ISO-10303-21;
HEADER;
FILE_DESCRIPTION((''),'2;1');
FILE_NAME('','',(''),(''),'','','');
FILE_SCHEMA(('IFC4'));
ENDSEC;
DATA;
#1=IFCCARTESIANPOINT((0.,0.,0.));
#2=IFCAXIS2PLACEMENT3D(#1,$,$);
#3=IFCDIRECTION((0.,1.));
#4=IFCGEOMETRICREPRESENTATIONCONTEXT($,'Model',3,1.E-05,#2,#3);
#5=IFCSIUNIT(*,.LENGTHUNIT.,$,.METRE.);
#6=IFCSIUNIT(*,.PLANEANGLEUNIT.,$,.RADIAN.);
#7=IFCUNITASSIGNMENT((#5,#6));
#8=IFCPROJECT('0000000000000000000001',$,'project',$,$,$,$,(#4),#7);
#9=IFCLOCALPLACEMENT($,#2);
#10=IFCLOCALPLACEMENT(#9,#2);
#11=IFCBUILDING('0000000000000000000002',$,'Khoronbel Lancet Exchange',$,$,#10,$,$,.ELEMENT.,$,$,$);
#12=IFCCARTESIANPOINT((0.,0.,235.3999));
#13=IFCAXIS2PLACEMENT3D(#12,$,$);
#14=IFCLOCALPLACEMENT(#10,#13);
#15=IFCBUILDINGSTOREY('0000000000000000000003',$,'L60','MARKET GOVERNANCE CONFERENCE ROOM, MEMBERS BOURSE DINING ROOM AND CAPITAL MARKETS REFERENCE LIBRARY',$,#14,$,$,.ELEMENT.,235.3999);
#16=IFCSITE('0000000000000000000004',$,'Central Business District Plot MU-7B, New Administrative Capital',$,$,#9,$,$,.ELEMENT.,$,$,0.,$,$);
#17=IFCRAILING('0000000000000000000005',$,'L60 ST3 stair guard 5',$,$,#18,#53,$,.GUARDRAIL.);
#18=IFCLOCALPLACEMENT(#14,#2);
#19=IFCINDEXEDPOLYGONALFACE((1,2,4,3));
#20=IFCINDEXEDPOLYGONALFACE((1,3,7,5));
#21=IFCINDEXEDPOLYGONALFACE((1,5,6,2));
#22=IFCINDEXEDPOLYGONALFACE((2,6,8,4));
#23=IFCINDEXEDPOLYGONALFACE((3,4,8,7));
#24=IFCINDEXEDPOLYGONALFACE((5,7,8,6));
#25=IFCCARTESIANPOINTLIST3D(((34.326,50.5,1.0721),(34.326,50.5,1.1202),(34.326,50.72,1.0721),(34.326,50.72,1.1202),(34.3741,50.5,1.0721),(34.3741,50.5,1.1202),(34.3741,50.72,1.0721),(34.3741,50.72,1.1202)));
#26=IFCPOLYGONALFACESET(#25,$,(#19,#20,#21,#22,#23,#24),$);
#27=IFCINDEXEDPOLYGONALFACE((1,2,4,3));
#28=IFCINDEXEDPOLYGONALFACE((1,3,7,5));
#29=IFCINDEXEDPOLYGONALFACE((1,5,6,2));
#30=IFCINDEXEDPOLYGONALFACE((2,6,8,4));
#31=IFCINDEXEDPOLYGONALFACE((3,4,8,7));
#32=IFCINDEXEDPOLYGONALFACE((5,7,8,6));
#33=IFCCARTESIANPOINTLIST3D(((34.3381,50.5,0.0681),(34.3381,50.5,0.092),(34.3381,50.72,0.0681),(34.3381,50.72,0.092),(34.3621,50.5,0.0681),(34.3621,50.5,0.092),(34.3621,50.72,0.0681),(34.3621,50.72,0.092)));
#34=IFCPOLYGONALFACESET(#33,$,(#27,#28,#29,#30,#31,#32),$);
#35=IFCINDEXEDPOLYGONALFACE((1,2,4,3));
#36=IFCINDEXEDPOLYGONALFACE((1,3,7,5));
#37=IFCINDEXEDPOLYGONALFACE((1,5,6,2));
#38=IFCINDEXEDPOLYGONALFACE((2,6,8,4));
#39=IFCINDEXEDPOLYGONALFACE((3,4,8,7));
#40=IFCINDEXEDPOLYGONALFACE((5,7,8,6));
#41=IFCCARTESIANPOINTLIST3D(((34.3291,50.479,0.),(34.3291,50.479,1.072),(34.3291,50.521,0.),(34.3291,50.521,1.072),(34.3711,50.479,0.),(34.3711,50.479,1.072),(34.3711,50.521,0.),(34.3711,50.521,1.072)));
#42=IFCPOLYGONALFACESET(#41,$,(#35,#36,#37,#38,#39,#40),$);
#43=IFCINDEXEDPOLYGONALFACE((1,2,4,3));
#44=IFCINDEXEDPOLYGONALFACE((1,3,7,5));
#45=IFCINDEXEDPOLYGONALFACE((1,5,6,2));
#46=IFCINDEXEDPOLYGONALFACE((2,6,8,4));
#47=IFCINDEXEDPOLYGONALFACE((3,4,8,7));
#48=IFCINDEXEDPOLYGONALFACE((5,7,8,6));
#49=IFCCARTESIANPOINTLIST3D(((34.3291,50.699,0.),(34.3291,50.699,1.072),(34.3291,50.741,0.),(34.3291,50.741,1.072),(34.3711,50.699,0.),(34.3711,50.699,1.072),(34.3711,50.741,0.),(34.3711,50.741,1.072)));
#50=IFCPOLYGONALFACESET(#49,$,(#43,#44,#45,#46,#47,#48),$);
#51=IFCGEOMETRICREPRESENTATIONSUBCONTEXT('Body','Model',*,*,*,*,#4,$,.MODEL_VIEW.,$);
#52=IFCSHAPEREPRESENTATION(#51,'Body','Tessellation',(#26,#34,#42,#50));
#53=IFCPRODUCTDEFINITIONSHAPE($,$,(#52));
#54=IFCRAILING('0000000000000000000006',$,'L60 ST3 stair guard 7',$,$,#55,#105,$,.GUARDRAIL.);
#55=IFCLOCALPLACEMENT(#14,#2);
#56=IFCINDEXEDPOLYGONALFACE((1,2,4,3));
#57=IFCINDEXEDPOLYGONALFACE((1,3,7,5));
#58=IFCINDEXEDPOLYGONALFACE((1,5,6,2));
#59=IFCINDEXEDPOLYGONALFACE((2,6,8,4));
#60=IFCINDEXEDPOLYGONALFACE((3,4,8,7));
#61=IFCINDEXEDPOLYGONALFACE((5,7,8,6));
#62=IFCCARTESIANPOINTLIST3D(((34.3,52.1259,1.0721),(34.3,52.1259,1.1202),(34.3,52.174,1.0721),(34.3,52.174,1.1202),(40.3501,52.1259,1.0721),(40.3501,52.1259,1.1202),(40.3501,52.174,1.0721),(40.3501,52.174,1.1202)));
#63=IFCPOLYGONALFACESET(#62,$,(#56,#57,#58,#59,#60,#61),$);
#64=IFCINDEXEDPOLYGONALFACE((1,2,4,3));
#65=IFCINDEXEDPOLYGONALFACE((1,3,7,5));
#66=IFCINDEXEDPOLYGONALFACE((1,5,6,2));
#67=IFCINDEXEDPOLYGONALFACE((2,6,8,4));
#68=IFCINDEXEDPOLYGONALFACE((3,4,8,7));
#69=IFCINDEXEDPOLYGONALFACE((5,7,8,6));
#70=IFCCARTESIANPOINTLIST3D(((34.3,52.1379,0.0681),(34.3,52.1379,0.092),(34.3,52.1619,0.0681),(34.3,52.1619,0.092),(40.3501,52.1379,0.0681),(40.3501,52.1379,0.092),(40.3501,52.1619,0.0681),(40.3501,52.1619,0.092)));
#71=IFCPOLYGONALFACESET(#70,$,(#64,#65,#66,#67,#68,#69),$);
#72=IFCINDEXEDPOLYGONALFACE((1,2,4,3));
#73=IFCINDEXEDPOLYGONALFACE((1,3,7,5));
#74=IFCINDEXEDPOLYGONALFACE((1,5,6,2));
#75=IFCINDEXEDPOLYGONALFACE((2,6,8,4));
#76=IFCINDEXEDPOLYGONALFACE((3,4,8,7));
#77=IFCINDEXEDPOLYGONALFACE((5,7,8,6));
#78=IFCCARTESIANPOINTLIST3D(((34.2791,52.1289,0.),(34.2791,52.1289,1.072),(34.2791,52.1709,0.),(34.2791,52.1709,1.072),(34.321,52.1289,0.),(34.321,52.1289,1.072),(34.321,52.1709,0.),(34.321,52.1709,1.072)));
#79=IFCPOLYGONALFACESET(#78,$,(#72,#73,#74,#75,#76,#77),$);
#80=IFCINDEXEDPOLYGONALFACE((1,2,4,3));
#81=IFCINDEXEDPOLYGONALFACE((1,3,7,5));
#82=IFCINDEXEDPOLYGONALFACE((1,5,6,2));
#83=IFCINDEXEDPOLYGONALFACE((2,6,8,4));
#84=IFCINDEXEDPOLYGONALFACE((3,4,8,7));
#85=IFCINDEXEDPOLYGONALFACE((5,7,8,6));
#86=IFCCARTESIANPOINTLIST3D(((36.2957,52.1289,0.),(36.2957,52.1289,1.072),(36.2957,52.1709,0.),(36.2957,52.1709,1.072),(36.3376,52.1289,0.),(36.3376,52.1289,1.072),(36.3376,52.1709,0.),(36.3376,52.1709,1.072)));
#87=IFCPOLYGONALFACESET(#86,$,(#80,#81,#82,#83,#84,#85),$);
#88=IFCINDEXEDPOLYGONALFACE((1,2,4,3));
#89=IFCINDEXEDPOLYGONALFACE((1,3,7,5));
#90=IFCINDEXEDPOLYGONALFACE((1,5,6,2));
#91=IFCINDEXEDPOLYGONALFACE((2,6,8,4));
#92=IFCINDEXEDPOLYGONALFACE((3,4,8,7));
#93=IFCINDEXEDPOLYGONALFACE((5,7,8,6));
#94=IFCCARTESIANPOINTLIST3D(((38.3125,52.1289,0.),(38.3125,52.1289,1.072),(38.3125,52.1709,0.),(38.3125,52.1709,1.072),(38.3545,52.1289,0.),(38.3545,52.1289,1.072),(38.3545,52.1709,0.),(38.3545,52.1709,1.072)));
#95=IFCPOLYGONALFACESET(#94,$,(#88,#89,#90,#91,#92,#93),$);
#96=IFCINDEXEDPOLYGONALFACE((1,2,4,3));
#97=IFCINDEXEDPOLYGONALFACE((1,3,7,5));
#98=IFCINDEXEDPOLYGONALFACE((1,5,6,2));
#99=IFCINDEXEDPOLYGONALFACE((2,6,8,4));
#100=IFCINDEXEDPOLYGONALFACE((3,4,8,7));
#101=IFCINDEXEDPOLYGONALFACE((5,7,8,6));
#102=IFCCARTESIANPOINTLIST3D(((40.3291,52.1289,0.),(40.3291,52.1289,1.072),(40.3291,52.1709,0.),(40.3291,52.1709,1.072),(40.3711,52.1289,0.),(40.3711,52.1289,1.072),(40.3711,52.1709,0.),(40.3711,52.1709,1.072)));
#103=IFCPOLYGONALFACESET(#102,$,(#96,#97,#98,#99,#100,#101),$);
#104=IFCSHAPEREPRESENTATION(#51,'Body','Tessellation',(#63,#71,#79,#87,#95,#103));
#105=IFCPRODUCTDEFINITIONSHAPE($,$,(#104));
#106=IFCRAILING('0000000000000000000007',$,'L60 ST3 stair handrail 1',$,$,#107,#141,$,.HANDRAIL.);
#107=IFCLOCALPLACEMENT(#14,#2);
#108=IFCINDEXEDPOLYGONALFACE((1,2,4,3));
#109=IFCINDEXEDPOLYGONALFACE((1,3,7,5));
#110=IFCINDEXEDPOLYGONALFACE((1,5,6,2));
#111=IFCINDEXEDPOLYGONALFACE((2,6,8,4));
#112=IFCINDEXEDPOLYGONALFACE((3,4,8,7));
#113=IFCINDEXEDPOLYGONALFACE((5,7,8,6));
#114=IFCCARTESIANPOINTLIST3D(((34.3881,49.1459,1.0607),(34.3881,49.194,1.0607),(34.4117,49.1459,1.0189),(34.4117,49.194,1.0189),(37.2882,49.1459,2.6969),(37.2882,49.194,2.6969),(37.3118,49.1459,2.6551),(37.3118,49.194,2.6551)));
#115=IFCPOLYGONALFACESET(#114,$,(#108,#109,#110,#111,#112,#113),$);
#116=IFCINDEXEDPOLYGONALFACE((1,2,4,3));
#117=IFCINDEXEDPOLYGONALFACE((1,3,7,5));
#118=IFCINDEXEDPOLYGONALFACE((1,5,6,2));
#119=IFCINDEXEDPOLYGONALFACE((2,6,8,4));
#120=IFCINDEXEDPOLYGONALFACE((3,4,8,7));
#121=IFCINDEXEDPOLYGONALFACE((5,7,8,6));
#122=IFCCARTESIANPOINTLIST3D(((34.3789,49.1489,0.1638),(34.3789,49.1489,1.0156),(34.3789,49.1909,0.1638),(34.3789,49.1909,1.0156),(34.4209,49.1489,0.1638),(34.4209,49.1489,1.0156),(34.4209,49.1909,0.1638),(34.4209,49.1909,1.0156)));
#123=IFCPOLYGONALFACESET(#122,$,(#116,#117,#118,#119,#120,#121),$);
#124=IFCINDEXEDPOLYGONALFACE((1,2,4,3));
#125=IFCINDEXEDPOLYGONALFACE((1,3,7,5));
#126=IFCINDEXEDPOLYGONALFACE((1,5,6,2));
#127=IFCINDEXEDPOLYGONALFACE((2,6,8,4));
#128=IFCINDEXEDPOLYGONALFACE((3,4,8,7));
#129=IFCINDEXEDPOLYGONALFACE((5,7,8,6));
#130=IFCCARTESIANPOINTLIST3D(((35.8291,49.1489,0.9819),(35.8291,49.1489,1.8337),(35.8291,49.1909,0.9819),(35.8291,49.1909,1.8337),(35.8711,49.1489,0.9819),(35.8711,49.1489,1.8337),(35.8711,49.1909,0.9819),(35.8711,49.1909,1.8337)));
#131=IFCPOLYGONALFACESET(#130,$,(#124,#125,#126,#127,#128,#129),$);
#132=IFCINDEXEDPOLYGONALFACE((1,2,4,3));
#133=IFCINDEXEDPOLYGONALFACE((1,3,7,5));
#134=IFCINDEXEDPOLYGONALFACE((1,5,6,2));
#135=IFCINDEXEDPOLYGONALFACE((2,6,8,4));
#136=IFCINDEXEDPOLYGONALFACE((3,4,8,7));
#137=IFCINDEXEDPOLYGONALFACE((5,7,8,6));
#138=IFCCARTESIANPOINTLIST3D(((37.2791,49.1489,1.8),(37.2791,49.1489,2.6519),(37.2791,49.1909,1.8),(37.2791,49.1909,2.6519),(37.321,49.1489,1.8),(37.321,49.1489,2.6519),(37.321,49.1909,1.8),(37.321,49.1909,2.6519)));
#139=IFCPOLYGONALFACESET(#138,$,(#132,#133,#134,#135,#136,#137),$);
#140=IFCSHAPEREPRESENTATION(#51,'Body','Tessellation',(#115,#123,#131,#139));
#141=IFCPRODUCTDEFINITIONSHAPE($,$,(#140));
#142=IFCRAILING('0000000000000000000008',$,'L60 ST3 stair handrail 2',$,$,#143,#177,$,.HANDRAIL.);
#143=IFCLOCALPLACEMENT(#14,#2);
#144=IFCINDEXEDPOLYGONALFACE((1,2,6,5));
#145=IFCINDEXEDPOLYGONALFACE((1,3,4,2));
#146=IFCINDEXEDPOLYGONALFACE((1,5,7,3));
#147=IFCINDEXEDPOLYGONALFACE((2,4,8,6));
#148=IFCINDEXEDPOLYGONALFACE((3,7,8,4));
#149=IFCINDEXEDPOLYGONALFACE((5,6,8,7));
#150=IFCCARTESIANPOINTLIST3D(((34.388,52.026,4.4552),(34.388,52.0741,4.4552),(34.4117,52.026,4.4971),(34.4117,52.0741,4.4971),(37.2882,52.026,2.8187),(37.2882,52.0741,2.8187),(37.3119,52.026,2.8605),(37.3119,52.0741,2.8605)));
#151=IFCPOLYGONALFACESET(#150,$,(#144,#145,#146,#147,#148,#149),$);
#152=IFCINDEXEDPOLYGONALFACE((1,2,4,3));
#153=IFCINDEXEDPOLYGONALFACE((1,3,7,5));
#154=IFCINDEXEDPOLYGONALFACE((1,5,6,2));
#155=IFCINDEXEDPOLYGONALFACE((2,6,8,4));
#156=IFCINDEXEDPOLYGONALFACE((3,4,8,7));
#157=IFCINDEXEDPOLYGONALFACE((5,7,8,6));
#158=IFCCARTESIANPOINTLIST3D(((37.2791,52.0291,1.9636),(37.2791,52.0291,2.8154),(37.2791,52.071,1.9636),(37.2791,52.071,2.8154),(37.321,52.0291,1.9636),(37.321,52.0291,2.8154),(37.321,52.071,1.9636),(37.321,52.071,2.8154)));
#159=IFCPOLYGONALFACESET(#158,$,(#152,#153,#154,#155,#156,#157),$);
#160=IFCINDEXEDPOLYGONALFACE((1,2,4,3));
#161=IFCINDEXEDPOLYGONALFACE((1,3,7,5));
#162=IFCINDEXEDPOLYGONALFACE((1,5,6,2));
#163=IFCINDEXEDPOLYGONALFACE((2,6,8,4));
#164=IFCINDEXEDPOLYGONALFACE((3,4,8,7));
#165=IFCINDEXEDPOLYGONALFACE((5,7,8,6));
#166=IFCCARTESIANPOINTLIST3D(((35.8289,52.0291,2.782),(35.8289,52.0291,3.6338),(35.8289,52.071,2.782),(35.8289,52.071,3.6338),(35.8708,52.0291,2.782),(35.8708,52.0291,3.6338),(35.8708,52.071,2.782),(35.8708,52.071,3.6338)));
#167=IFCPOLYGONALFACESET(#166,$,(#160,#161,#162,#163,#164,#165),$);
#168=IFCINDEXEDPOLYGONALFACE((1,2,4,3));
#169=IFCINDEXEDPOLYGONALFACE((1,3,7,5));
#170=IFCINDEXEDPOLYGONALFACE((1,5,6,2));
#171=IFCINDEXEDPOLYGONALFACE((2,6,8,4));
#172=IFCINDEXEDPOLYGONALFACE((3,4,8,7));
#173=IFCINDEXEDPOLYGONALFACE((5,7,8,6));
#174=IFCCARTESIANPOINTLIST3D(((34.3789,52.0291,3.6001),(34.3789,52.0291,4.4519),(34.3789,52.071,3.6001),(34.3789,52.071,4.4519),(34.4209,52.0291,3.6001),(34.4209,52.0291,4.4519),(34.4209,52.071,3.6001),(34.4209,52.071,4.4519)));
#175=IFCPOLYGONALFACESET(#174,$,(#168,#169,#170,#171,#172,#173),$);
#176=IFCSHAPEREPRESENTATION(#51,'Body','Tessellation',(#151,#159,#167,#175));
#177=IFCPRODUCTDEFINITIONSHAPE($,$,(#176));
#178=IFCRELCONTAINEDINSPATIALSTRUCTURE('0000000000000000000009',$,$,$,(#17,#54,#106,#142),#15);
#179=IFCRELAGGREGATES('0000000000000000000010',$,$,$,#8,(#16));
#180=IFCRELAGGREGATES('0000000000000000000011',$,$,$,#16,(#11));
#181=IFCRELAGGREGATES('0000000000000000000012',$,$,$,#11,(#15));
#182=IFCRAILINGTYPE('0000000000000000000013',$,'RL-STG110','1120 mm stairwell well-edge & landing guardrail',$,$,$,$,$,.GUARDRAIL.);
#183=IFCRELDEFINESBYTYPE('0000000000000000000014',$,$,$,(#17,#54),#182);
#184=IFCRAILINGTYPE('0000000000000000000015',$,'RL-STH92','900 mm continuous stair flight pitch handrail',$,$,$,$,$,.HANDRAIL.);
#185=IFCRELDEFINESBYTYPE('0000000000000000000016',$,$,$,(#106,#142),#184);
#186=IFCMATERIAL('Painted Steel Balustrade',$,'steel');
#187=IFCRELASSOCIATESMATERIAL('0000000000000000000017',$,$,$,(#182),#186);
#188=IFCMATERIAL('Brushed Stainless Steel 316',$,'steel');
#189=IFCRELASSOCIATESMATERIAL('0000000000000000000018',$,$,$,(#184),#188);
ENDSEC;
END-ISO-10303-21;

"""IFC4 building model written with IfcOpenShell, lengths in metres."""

from ifc_helpers import new_model, si_unit, direction, frame, origin, origin_2d, place, context, subcontext, project, spatial, rectangle, extrude, material, type_object, element, save


model = new_model("IFC4")

# Units and contexts
model_context = context("Model", 3, precision=1e-05, world=origin(), true_north=direction((0.0, 1.0)))
body_context = subcontext(model_context, "Body", "Model", "MODEL_VIEW")
ifc_project = project(units=[si_unit("LENGTHUNIT", "METRE"), si_unit("PLANEANGLEUNIT", "RADIAN")], contexts=[model_context])

# Site, building, storey
site_placement = place(None, origin())
site = spatial("IfcSite", under=ifc_project, at=site_placement, Name="Central Business District Plot MU-7B, New Administrative Capital", CompositionType="ELEMENT", RefElevation=0.0)
building_placement = place(site_placement, origin())
building = spatial("IfcBuilding", under=site, at=building_placement, Name="Khoronbel Lancet Exchange", CompositionType="ELEMENT")
storey_placement = place(building_placement, frame((0.0, 0.0, 235.3999)))
storey = spatial("IfcBuildingStorey", under=building, at=storey_placement, Name="L60", Description="MARKET GOVERNANCE CONFERENCE ROOM, MEMBERS BOURSE DINING ROOM AND CAPITAL MARKETS REFERENCE LIBRARY", CompositionType="ELEMENT", Elevation=235.3999)

# Railings
ifc_material_1 = material(Name="Painted Steel Balustrade", Category="steel")
railing_type_1 = type_object("IfcRailingType", Name="RL-STG110", Description="1120 mm stairwell well-edge & landing guardrail", PredefinedType="GUARDRAIL", material=ifc_material_1)
railing_1_placement = place(storey_placement, frame((34.3501, 50.5, 0.0)))
element("IfcRailing", 1, at=railing_1_placement, inside=storey, type_object=railing_type_1, Name="L60 ST3 stair guard 5", PredefinedType="GUARDRAIL", context=body_context, shape_type="SweptSolid", body=[
    extrude(rectangle(XDim=0.0481, YDim=0.0481, at=origin_2d()), frame((0.0, 0.0, 1.0962), z_axis=(0.0, 1.0, 0.0), x_axis=(-1.0, 0.0, 0.0)), (0.0, 0.0, 1.0), 0.22),
    extrude(rectangle(XDim=0.0239, YDim=0.0239, at=origin_2d()), frame((0.0, 0.0, 0.0801), z_axis=(0.0, 1.0, 0.0), x_axis=(-1.0, 0.0, 0.0)), (0.0, 0.0, 1.0), 0.22),
    extrude(rectangle(XDim=0.042, YDim=0.042, at=origin_2d()), origin(), (0.0, 0.0, 1.0), 1.072),
    extrude(rectangle(XDim=0.042, YDim=0.042, at=origin_2d()), frame((0.0, 0.22, 0.0)), (0.0, 0.0, 1.0), 1.072),
])
railing_2_placement = place(storey_placement, frame((34.3, 52.1499, 0.0)))
element("IfcRailing", 2, at=railing_2_placement, inside=storey, type_object=railing_type_1, Name="L60 ST3 stair guard 7", PredefinedType="GUARDRAIL", context=body_context, shape_type="SweptSolid", body=[
    extrude(rectangle(XDim=0.0481, YDim=0.0481, at=origin_2d()), frame((0.0, 0.0, 1.0962), z_axis=(1.0, 0.0, 0.0), x_axis=(0.0, 1.0, 0.0)), (0.0, 0.0, 1.0), 6.05),
    extrude(rectangle(XDim=0.0239, YDim=0.0239, at=origin_2d()), frame((0.0, 0.0, 0.0801), z_axis=(1.0, 0.0, 0.0), x_axis=(0.0, 1.0, 0.0)), (0.0, 0.0, 1.0), 6.05),
    extrude(rectangle(XDim=0.042, YDim=0.042, at=origin_2d()), origin(), (0.0, 0.0, 1.0), 1.072),
    extrude(rectangle(XDim=0.042, YDim=0.042, at=origin_2d()), frame((2.0166, 0.0, 0.0)), (0.0, 0.0, 1.0), 1.072),
    extrude(rectangle(XDim=0.042, YDim=0.042, at=origin_2d()), frame((4.0334, 0.0, 0.0)), (0.0, 0.0, 1.0), 1.072),
    extrude(rectangle(XDim=0.042, YDim=0.042, at=origin_2d()), frame((6.05, 0.0, 0.0)), (0.0, 0.0, 1.0), 1.072),
])
ifc_material_2 = material(Name="Brushed Stainless Steel 316", Category="steel")
railing_type_2 = type_object("IfcRailingType", Name="RL-STH92", Description="900 mm continuous stair flight pitch handrail", PredefinedType="HANDRAIL", material=ifc_material_2)
railing_3_placement = place(storey_placement, frame((34.3999, 49.1699, 0.1638)))
element("IfcRailing", 3, at=railing_3_placement, inside=storey, type_object=railing_type_2, Name="L60 ST3 stair handrail 1", PredefinedType="HANDRAIL", context=body_context, shape_type="SweptSolid", body=[
    extrude(rectangle(XDim=0.0481, YDim=0.0481, at=origin_2d()), frame((0.0, 0.0, 0.876), z_axis=(0.870946, 0.0, 0.491378), x_axis=(0.0, 1.0, 0.0)), (0.0, 0.0, 1.0), 3.3298),
    extrude(rectangle(XDim=0.042, YDim=0.042, at=origin_2d()), origin(), (0.0, 0.0, 1.0), 0.8518),
    extrude(rectangle(XDim=0.042, YDim=0.042, at=origin_2d()), frame((1.4502, 0.0, 0.8181)), (0.0, 0.0, 1.0), 0.8518),
    extrude(rectangle(XDim=0.042, YDim=0.042, at=origin_2d()), frame((2.9001, 0.0, 1.6362)), (0.0, 0.0, 1.0), 0.8518),
])
railing_4_placement = place(storey_placement, frame((37.3, 52.05, 1.9636)))
element("IfcRailing", 4, at=railing_4_placement, inside=storey, type_object=railing_type_2, Name="L60 ST3 stair handrail 2", PredefinedType="HANDRAIL", context=body_context, shape_type="SweptSolid", body=[
    extrude(rectangle(XDim=0.0481, YDim=0.0481, at=origin_2d()), frame((0.0, 0.0, 0.876), z_axis=(-0.870915, 0.0, 0.491434), x_axis=(0.0, -1.0, 0.0)), (0.0, 0.0, 1.0), 3.3301),
    extrude(rectangle(XDim=0.042, YDim=0.042, at=origin_2d()), origin(), (0.0, 0.0, 1.0), 0.8518),
    extrude(rectangle(XDim=0.042, YDim=0.042, at=origin_2d()), frame((-1.4502, 0.0, 0.8184)), (0.0, 0.0, 1.0), 0.8518),
    extrude(rectangle(XDim=0.042, YDim=0.042, at=origin_2d()), frame((-2.9001, 0.0, 1.6365)), (0.0, 0.0, 1.0), 0.8518),
])

save(model, "model.ifc")
